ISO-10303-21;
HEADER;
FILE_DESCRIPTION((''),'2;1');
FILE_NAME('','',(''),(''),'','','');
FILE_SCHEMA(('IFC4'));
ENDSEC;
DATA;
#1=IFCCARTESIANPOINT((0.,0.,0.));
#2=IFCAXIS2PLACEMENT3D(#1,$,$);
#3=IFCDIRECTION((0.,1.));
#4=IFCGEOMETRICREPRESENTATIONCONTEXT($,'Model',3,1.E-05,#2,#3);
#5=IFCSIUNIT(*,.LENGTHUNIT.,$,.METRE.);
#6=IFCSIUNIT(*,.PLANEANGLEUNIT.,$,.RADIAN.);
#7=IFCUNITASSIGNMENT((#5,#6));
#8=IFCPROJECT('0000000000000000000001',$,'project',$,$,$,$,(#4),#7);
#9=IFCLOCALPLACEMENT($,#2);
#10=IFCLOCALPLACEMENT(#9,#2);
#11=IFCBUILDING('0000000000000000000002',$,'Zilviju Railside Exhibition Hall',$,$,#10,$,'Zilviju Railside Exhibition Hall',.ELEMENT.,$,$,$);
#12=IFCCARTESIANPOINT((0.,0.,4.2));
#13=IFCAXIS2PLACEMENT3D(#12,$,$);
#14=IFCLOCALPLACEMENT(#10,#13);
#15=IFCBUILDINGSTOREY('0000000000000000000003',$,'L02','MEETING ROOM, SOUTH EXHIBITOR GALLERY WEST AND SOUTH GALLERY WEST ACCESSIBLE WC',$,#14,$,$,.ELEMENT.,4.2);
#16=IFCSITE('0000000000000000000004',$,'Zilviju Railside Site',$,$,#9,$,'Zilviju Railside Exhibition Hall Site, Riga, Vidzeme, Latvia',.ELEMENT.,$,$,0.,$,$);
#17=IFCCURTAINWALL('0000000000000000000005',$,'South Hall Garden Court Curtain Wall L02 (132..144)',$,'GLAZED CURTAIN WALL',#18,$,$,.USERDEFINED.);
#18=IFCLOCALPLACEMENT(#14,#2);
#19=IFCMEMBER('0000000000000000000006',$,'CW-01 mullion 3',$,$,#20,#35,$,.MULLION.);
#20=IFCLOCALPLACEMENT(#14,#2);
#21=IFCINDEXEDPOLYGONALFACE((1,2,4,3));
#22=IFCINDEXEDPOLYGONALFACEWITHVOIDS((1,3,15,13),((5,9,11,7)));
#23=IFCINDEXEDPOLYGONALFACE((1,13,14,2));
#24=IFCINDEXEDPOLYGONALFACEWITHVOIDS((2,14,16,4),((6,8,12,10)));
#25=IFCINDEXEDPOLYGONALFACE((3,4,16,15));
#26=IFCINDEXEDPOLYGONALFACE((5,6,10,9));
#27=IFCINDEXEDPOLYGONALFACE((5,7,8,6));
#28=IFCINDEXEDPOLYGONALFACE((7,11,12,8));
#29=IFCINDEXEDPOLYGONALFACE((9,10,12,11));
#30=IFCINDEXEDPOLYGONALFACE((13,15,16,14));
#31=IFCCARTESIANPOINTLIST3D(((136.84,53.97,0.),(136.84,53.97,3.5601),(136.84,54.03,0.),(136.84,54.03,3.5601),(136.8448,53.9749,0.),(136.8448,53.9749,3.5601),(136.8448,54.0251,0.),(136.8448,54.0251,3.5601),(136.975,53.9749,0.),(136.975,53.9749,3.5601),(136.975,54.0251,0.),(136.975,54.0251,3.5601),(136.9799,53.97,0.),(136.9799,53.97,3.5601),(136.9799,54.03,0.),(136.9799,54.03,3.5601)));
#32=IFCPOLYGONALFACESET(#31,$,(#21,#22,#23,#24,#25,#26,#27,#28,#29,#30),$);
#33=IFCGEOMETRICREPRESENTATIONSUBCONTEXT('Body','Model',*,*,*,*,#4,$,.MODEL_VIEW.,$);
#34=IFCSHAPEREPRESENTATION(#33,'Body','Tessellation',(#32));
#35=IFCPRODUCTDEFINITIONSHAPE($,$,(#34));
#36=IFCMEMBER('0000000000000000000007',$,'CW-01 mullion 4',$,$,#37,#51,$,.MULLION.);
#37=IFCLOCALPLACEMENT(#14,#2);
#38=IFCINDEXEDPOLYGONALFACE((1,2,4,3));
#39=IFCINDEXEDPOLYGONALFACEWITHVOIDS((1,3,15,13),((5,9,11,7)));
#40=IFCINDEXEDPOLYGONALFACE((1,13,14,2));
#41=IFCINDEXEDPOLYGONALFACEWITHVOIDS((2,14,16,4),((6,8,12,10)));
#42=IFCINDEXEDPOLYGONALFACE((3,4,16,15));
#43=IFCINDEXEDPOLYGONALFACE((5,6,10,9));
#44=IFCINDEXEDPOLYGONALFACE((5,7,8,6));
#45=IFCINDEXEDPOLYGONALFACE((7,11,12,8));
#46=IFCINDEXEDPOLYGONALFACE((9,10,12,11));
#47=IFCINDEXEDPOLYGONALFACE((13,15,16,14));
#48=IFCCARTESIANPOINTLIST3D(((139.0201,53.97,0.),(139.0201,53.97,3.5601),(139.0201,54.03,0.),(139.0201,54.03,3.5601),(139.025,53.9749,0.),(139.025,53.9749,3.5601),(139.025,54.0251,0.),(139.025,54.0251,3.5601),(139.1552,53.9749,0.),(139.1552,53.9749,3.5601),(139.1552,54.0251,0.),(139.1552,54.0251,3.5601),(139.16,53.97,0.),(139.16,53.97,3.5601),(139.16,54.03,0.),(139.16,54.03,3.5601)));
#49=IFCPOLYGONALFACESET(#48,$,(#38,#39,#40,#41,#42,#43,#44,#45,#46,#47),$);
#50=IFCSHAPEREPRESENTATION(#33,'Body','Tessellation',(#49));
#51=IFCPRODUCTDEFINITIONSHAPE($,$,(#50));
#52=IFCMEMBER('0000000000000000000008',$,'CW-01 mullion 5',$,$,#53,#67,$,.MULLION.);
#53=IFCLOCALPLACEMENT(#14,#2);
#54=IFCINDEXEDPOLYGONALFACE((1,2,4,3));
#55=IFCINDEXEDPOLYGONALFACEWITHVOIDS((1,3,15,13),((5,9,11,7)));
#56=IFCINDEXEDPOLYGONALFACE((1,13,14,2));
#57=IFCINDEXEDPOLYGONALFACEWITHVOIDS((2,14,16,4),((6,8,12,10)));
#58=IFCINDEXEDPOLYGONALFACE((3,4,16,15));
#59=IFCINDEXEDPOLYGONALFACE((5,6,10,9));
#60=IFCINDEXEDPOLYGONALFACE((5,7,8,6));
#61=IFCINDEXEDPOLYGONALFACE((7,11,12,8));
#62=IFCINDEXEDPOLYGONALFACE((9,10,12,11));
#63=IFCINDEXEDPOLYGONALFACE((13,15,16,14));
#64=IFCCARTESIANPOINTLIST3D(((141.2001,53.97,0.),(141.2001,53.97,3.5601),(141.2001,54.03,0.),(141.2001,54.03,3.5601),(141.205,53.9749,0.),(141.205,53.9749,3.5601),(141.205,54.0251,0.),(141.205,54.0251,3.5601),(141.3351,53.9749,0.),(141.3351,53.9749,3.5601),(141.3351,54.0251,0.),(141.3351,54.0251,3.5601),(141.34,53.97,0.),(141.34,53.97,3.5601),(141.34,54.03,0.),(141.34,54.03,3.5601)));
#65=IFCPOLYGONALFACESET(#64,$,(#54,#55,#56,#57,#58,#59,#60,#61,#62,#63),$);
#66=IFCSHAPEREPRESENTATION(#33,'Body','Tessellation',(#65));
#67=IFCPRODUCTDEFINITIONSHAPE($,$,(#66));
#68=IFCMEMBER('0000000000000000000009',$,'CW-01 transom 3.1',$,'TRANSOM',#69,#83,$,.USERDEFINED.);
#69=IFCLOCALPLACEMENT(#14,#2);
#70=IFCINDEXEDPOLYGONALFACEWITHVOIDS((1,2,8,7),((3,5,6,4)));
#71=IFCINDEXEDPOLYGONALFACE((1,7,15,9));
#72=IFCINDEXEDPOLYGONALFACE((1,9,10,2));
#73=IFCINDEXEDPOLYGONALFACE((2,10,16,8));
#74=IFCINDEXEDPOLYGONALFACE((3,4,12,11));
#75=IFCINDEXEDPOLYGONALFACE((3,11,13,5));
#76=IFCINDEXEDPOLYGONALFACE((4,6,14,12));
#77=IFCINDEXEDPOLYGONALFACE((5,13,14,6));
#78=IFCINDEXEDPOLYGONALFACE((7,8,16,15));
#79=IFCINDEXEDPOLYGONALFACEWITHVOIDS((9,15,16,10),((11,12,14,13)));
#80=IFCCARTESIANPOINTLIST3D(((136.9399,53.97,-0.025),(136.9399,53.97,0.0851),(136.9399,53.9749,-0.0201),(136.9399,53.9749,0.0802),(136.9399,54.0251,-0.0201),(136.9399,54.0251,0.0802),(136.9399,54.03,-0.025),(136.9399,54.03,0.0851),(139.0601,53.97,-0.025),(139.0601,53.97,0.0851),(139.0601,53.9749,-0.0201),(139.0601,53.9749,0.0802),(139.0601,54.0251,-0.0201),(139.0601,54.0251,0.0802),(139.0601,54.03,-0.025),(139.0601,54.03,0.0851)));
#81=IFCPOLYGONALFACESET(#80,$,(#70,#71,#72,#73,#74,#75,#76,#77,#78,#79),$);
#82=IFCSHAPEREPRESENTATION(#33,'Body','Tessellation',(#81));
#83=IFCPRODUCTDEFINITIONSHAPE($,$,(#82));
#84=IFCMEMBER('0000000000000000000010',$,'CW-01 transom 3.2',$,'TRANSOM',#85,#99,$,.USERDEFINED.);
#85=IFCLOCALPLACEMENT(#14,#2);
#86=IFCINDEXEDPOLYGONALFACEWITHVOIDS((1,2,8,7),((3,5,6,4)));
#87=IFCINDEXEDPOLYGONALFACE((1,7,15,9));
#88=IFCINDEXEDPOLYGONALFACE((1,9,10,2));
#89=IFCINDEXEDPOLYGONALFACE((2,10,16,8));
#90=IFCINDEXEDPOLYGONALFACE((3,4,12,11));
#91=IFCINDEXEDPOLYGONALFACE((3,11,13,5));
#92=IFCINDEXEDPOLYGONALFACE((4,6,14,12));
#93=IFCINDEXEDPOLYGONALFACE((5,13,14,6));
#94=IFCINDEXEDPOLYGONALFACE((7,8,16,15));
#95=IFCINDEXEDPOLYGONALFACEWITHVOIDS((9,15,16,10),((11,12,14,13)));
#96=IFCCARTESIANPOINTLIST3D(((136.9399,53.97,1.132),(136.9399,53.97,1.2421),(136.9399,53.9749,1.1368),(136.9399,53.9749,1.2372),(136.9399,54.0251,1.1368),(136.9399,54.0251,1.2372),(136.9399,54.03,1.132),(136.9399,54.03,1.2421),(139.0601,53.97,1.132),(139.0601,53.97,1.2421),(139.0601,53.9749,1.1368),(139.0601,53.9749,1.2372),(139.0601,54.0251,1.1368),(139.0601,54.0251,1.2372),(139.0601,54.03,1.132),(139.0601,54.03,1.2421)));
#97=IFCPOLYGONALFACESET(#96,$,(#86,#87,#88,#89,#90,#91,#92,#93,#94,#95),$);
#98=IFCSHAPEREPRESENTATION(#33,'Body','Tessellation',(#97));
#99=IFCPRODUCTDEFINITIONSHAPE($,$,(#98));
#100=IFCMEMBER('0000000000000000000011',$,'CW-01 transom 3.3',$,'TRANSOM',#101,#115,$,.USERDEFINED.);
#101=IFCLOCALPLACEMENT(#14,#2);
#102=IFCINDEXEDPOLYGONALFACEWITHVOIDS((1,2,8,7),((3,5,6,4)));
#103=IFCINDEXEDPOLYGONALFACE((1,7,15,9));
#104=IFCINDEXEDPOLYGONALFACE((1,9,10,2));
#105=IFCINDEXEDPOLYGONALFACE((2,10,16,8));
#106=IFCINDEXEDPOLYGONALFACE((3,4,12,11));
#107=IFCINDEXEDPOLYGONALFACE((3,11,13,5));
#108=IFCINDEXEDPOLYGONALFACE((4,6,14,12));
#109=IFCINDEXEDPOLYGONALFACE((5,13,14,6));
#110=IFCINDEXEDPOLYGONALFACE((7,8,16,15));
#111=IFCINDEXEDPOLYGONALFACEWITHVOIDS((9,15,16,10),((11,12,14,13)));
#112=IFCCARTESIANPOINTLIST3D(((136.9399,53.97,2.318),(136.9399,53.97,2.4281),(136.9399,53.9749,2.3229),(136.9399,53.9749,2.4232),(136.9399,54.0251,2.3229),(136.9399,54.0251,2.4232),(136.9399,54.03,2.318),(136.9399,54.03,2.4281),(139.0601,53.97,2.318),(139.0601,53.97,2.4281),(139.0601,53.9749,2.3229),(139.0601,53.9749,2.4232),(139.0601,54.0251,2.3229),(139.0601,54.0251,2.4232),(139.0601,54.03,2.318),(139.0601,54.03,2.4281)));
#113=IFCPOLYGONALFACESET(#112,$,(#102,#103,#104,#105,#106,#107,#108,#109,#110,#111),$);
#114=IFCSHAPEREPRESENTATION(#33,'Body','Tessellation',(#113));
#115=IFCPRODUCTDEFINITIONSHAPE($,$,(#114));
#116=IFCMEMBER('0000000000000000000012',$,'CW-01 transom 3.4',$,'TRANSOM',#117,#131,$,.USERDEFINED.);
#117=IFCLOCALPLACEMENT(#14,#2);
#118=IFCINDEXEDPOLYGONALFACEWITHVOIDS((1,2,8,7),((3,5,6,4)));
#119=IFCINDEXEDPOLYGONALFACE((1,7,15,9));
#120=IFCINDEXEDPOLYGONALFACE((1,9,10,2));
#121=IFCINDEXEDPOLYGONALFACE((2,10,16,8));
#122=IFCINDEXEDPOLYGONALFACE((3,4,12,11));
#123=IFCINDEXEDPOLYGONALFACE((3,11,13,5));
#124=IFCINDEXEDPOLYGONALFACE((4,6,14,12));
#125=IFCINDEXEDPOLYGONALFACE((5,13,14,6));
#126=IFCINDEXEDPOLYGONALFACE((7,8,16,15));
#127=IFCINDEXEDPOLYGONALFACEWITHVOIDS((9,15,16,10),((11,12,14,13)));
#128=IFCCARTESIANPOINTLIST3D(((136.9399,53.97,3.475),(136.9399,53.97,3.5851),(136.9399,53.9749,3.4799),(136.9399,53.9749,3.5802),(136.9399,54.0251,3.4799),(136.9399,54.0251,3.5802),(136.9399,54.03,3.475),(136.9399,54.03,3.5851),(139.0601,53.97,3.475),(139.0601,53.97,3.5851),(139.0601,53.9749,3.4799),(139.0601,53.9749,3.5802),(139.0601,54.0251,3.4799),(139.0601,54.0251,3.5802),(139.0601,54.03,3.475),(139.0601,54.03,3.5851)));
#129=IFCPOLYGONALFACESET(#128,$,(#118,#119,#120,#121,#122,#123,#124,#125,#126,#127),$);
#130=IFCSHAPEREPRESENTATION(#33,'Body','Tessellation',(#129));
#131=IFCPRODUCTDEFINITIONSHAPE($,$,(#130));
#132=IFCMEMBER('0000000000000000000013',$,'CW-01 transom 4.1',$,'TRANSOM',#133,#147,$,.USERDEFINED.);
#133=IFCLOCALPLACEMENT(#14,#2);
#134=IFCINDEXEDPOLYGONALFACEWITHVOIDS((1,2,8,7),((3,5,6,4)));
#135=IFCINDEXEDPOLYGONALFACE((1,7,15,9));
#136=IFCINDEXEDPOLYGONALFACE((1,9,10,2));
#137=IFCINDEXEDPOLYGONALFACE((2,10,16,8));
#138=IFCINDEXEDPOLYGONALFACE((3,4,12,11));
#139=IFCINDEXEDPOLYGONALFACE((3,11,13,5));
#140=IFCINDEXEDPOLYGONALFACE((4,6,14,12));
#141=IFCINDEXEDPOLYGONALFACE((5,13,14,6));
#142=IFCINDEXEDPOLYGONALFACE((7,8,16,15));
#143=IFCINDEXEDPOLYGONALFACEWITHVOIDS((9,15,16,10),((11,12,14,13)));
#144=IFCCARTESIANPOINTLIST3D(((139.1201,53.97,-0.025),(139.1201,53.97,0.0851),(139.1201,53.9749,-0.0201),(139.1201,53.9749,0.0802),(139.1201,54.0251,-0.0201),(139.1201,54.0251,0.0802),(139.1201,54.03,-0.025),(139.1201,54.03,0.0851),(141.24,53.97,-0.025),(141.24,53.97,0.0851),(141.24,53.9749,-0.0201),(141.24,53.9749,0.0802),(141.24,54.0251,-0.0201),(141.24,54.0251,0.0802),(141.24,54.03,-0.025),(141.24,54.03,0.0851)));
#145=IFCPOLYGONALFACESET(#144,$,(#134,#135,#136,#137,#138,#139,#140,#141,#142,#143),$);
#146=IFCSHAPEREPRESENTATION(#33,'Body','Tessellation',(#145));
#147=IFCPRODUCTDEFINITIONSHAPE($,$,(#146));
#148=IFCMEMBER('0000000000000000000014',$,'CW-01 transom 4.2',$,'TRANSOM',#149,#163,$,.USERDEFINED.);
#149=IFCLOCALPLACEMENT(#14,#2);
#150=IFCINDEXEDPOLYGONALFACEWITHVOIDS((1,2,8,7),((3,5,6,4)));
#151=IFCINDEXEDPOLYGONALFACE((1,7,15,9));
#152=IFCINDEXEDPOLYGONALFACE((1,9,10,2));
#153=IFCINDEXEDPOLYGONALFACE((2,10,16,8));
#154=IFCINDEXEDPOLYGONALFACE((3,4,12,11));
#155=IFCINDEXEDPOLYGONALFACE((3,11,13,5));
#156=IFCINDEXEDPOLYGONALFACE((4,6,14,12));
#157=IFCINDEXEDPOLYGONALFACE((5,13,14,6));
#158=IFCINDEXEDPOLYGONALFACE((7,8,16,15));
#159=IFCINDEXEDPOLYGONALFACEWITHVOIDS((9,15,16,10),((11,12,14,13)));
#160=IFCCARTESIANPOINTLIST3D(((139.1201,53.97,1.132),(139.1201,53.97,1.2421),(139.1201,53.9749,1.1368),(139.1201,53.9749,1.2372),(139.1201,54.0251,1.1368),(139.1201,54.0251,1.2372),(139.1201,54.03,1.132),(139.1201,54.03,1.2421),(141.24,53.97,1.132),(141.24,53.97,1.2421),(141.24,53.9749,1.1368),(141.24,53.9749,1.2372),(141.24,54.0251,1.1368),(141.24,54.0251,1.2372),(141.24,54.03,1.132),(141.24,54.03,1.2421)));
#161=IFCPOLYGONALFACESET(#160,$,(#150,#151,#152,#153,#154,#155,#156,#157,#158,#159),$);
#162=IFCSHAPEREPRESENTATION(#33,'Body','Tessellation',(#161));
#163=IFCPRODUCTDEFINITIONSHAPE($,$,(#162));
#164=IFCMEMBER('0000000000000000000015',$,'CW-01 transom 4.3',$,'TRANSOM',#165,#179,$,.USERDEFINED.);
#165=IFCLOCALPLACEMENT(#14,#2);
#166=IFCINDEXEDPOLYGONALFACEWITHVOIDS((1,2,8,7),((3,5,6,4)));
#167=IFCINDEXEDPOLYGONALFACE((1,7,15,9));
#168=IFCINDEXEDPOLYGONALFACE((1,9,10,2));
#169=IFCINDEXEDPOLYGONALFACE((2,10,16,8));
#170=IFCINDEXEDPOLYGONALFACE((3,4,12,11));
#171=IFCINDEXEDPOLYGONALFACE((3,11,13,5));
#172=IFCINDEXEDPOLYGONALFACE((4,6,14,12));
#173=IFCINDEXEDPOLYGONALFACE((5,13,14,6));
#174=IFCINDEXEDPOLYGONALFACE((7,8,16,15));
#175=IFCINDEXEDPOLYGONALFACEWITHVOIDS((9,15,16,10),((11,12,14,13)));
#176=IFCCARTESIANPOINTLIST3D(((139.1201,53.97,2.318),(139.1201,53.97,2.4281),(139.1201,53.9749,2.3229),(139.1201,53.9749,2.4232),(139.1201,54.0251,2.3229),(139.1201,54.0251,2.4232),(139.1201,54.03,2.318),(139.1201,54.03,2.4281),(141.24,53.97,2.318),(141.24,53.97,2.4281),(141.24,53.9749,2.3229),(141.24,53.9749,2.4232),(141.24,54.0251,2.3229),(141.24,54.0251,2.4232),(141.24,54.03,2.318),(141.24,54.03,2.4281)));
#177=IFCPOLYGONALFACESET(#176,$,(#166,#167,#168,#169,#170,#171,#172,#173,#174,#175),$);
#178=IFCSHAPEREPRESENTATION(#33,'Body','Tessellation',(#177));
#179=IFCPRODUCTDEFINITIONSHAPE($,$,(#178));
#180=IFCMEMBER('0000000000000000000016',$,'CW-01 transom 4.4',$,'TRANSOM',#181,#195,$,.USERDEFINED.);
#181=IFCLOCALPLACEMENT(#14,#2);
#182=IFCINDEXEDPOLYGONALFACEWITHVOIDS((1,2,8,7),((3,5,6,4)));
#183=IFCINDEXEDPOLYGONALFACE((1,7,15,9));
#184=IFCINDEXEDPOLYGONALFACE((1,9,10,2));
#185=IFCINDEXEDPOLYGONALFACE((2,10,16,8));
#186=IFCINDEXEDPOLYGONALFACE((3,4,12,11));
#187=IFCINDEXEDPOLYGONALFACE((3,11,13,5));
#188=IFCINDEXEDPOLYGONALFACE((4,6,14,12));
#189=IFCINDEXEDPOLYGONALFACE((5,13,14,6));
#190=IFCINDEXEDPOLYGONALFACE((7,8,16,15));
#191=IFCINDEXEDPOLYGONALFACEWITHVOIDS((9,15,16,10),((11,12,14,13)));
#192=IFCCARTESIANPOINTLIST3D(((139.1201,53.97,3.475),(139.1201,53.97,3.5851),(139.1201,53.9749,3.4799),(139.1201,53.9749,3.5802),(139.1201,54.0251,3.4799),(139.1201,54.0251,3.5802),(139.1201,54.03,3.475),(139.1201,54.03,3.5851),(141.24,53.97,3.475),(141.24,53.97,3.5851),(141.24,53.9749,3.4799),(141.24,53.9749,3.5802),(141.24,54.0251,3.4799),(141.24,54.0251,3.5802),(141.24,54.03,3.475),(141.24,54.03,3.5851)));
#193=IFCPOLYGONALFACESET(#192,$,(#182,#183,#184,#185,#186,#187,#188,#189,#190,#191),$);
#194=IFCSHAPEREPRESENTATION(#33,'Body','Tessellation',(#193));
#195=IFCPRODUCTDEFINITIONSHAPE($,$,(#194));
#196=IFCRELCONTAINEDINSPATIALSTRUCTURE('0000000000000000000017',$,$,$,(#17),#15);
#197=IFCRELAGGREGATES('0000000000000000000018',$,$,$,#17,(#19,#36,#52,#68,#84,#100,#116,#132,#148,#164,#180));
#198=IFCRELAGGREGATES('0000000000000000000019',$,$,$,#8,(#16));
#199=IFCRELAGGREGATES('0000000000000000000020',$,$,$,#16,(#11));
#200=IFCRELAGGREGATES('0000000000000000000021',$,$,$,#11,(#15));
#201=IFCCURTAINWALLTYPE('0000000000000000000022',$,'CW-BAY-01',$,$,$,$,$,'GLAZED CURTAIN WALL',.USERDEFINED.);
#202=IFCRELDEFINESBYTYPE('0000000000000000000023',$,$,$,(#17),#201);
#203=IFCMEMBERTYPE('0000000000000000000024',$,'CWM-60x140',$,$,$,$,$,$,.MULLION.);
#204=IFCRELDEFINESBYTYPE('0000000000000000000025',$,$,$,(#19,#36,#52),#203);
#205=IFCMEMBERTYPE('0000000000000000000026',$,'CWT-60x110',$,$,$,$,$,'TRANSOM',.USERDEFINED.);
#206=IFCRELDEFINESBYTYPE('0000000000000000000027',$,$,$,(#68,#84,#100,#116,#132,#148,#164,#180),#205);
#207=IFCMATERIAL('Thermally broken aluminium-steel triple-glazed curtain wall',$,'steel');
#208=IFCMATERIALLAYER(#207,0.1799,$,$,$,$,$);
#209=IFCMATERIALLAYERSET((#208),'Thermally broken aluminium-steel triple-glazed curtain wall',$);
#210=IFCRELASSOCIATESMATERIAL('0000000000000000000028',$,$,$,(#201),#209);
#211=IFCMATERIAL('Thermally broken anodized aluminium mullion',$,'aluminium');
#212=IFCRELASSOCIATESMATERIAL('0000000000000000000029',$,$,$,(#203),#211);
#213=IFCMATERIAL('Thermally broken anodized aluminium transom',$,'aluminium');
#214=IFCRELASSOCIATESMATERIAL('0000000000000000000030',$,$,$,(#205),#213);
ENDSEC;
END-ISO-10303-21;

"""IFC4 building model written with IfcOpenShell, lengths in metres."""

from ifc_helpers import new_model, si_unit, direction, frame, origin, origin_2d, place, context, subcontext, project, spatial, hollow_rectangle, extrude, material, layer, layer_set, material_profile, profile_set, type_object, element, aggregate, save


model = new_model("IFC4")

# Units and contexts
model_context = context("Model", 3, precision=1e-05, world=origin(), true_north=direction((0.0, 1.0)))
body_context = subcontext(model_context, "Body", "Model", "MODEL_VIEW")
ifc_project = project(units=[si_unit("LENGTHUNIT", "METRE"), si_unit("PLANEANGLEUNIT", "RADIAN")], contexts=[model_context])

# Site, building, storey
site_placement = place(None, origin())
site = spatial("IfcSite", under=ifc_project, at=site_placement, Name="Zilviju Railside Site", LongName="Zilviju Railside Exhibition Hall Site, Riga, Vidzeme, Latvia", CompositionType="ELEMENT", RefElevation=0.0)
building_placement = place(site_placement, origin())
building = spatial("IfcBuilding", under=site, at=building_placement, Name="Zilviju Railside Exhibition Hall", LongName="Zilviju Railside Exhibition Hall", CompositionType="ELEMENT")
storey_placement = place(building_placement, frame((0.0, 0.0, 4.2)))
storey = spatial("IfcBuildingStorey", under=building, at=storey_placement, Name="L02", Description="MEETING ROOM, SOUTH EXHIBITOR GALLERY WEST AND SOUTH GALLERY WEST ACCESSIBLE WC", CompositionType="ELEMENT", Elevation=4.2)

# Curtain wall, members
ifc_material_1 = material(Name="Thermally broken aluminium-steel triple-glazed curtain wall", Category="steel")
ifc_layer_1 = layer(ifc_material_1, 0.1799)
ifc_layer_set_1 = layer_set([ifc_layer_1], Name="Thermally broken aluminium-steel triple-glazed curtain wall")
curtain_wall_type = type_object("IfcCurtainWallType", Name="CW-BAY-01", ElementType="GLAZED CURTAIN WALL", PredefinedType="USERDEFINED", material=ifc_layer_set_1)
curtain_wall_placement = place(storey_placement, origin())
curtain_wall = element("IfcCurtainWall", 1, at=curtain_wall_placement, inside=storey, type_object=curtain_wall_type, Name="South Hall Garden Court Curtain Wall L02 (132..144)", ObjectType="GLAZED CURTAIN WALL", PredefinedType="USERDEFINED")
ifc_material_2 = material(Name="Thermally broken anodized aluminium mullion", Category="aluminium")
ifc_material_profile_1 = material_profile(ifc_material_2, hollow_rectangle(XDim=0.0601, YDim=0.1399, WallThickness=0.0049, at=origin_2d()), Name="MULLION 140x60x5")
ifc_profile_set_1 = profile_set([ifc_material_profile_1], Name="Thermally broken anodized aluminium mullion")
member_type_1 = type_object("IfcMemberType", Name="CWM-60x140", PredefinedType="MULLION", material=ifc_profile_set_1)
member_1_placement = place(storey_placement, frame((136.9099, 54.0, 0.0), z_axis=(0.0, 0.0, 1.0), x_axis=(0.0, 1.0, 0.0)))
member_1 = element("IfcMember", 2, at=member_1_placement, type_object=member_type_1, Name="CW-01 mullion 3", PredefinedType="MULLION", context=body_context, shape_type="SweptSolid", body=[
    extrude(hollow_rectangle(XDim=0.0601, YDim=0.1399, WallThickness=0.0049, at=origin_2d()), origin(), (0.0, 0.0, 1.0), 3.5601),
])
member_2_placement = place(storey_placement, frame((139.0901, 54.0, 0.0), z_axis=(0.0, 0.0, 1.0), x_axis=(0.0, 1.0, 0.0)))
member_2 = element("IfcMember", 3, at=member_2_placement, type_object=member_type_1, Name="CW-01 mullion 4", PredefinedType="MULLION", context=body_context, shape_type="SweptSolid", body=[
    extrude(hollow_rectangle(XDim=0.0601, YDim=0.1399, WallThickness=0.0049, at=origin_2d()), origin(), (0.0, 0.0, 1.0), 3.5601),
])
member_3_placement = place(storey_placement, frame((141.27, 54.0, 0.0), z_axis=(0.0, 0.0, 1.0), x_axis=(0.0, 1.0, 0.0)))
member_3 = element("IfcMember", 4, at=member_3_placement, type_object=member_type_1, Name="CW-01 mullion 5", PredefinedType="MULLION", context=body_context, shape_type="SweptSolid", body=[
    extrude(hollow_rectangle(XDim=0.0601, YDim=0.1399, WallThickness=0.0049, at=origin_2d()), origin(), (0.0, 0.0, 1.0), 3.5601),
])
ifc_material_3 = material(Name="Thermally broken anodized aluminium transom", Category="aluminium")
ifc_material_profile_2 = material_profile(ifc_material_3, hollow_rectangle(XDim=0.0601, YDim=0.1101, WallThickness=0.0049, at=origin_2d()), Name="TRANSOM 110x60x5")
ifc_profile_set_2 = profile_set([ifc_material_profile_2], Name="Thermally broken anodized aluminium transom")
member_type_2 = type_object("IfcMemberType", Name="CWT-60x110", ElementType="TRANSOM", PredefinedType="USERDEFINED", material=ifc_profile_set_2)
member_4_placement = place(storey_placement, frame((136.9399, 54.0, 0.03), z_axis=(1.0, 0.0, 0.0), x_axis=(0.0, 1.0, 0.0)))
member_4 = element("IfcMember", 5, at=member_4_placement, type_object=member_type_2, Name="CW-01 transom 3.1", ObjectType="TRANSOM", PredefinedType="USERDEFINED", context=body_context, shape_type="SweptSolid", body=[
    extrude(hollow_rectangle(XDim=0.0601, YDim=0.1101, WallThickness=0.0049, at=origin_2d()), origin(), (0.0, 0.0, 1.0), 2.1201),
])
member_5_placement = place(storey_placement, frame((136.9399, 54.0, 1.187), z_axis=(1.0, 0.0, 0.0), x_axis=(0.0, 1.0, 0.0)))
member_5 = element("IfcMember", 6, at=member_5_placement, type_object=member_type_2, Name="CW-01 transom 3.2", ObjectType="TRANSOM", PredefinedType="USERDEFINED", context=body_context, shape_type="SweptSolid", body=[
    extrude(hollow_rectangle(XDim=0.0601, YDim=0.1101, WallThickness=0.0049, at=origin_2d()), origin(), (0.0, 0.0, 1.0), 2.1201),
])
member_6_placement = place(storey_placement, frame((136.9399, 54.0, 2.373), z_axis=(1.0, 0.0, 0.0), x_axis=(0.0, 1.0, 0.0)))
member_6 = element("IfcMember", 7, at=member_6_placement, type_object=member_type_2, Name="CW-01 transom 3.3", ObjectType="TRANSOM", PredefinedType="USERDEFINED", context=body_context, shape_type="SweptSolid", body=[
    extrude(hollow_rectangle(XDim=0.0601, YDim=0.1101, WallThickness=0.0049, at=origin_2d()), origin(), (0.0, 0.0, 1.0), 2.1201),
])
member_7_placement = place(storey_placement, frame((136.9399, 54.0, 3.53), z_axis=(1.0, 0.0, 0.0), x_axis=(0.0, 1.0, 0.0)))
member_7 = element("IfcMember", 8, at=member_7_placement, type_object=member_type_2, Name="CW-01 transom 3.4", ObjectType="TRANSOM", PredefinedType="USERDEFINED", context=body_context, shape_type="SweptSolid", body=[
    extrude(hollow_rectangle(XDim=0.0601, YDim=0.1101, WallThickness=0.0049, at=origin_2d()), origin(), (0.0, 0.0, 1.0), 2.1201),
])
member_8_placement = place(storey_placement, frame((139.1201, 54.0, 0.03), z_axis=(1.0, 0.0, 0.0), x_axis=(0.0, 1.0, 0.0)))
member_8 = element("IfcMember", 9, at=member_8_placement, type_object=member_type_2, Name="CW-01 transom 4.1", ObjectType="TRANSOM", PredefinedType="USERDEFINED", context=body_context, shape_type="SweptSolid", body=[
    extrude(hollow_rectangle(XDim=0.0601, YDim=0.1101, WallThickness=0.0049, at=origin_2d()), origin(), (0.0, 0.0, 1.0), 2.1199),
])
member_9_placement = place(storey_placement, frame((139.1201, 54.0, 1.187), z_axis=(1.0, 0.0, 0.0), x_axis=(0.0, 1.0, 0.0)))
member_9 = element("IfcMember", 10, at=member_9_placement, type_object=member_type_2, Name="CW-01 transom 4.2", ObjectType="TRANSOM", PredefinedType="USERDEFINED", context=body_context, shape_type="SweptSolid", body=[
    extrude(hollow_rectangle(XDim=0.0601, YDim=0.1101, WallThickness=0.0049, at=origin_2d()), origin(), (0.0, 0.0, 1.0), 2.1199),
])
member_10_placement = place(storey_placement, frame((139.1201, 54.0, 2.373), z_axis=(1.0, 0.0, 0.0), x_axis=(0.0, 1.0, 0.0)))
member_10 = element("IfcMember", 11, at=member_10_placement, type_object=member_type_2, Name="CW-01 transom 4.3", ObjectType="TRANSOM", PredefinedType="USERDEFINED", context=body_context, shape_type="SweptSolid", body=[
    extrude(hollow_rectangle(XDim=0.0601, YDim=0.1101, WallThickness=0.0049, at=origin_2d()), origin(), (0.0, 0.0, 1.0), 2.1199),
])
member_11_placement = place(storey_placement, frame((139.1201, 54.0, 3.53), z_axis=(1.0, 0.0, 0.0), x_axis=(0.0, 1.0, 0.0)))
member_11 = element("IfcMember", 12, at=member_11_placement, type_object=member_type_2, Name="CW-01 transom 4.4", ObjectType="TRANSOM", PredefinedType="USERDEFINED", context=body_context, shape_type="SweptSolid", body=[
    extrude(hollow_rectangle(XDim=0.0601, YDim=0.1101, WallThickness=0.0049, at=origin_2d()), origin(), (0.0, 0.0, 1.0), 2.1199),
])
aggregate(curtain_wall, [member_1, member_2, member_3, member_4, member_5, member_6, member_7, member_8, member_9, member_10, member_11])

save(model, "model.ifc")
